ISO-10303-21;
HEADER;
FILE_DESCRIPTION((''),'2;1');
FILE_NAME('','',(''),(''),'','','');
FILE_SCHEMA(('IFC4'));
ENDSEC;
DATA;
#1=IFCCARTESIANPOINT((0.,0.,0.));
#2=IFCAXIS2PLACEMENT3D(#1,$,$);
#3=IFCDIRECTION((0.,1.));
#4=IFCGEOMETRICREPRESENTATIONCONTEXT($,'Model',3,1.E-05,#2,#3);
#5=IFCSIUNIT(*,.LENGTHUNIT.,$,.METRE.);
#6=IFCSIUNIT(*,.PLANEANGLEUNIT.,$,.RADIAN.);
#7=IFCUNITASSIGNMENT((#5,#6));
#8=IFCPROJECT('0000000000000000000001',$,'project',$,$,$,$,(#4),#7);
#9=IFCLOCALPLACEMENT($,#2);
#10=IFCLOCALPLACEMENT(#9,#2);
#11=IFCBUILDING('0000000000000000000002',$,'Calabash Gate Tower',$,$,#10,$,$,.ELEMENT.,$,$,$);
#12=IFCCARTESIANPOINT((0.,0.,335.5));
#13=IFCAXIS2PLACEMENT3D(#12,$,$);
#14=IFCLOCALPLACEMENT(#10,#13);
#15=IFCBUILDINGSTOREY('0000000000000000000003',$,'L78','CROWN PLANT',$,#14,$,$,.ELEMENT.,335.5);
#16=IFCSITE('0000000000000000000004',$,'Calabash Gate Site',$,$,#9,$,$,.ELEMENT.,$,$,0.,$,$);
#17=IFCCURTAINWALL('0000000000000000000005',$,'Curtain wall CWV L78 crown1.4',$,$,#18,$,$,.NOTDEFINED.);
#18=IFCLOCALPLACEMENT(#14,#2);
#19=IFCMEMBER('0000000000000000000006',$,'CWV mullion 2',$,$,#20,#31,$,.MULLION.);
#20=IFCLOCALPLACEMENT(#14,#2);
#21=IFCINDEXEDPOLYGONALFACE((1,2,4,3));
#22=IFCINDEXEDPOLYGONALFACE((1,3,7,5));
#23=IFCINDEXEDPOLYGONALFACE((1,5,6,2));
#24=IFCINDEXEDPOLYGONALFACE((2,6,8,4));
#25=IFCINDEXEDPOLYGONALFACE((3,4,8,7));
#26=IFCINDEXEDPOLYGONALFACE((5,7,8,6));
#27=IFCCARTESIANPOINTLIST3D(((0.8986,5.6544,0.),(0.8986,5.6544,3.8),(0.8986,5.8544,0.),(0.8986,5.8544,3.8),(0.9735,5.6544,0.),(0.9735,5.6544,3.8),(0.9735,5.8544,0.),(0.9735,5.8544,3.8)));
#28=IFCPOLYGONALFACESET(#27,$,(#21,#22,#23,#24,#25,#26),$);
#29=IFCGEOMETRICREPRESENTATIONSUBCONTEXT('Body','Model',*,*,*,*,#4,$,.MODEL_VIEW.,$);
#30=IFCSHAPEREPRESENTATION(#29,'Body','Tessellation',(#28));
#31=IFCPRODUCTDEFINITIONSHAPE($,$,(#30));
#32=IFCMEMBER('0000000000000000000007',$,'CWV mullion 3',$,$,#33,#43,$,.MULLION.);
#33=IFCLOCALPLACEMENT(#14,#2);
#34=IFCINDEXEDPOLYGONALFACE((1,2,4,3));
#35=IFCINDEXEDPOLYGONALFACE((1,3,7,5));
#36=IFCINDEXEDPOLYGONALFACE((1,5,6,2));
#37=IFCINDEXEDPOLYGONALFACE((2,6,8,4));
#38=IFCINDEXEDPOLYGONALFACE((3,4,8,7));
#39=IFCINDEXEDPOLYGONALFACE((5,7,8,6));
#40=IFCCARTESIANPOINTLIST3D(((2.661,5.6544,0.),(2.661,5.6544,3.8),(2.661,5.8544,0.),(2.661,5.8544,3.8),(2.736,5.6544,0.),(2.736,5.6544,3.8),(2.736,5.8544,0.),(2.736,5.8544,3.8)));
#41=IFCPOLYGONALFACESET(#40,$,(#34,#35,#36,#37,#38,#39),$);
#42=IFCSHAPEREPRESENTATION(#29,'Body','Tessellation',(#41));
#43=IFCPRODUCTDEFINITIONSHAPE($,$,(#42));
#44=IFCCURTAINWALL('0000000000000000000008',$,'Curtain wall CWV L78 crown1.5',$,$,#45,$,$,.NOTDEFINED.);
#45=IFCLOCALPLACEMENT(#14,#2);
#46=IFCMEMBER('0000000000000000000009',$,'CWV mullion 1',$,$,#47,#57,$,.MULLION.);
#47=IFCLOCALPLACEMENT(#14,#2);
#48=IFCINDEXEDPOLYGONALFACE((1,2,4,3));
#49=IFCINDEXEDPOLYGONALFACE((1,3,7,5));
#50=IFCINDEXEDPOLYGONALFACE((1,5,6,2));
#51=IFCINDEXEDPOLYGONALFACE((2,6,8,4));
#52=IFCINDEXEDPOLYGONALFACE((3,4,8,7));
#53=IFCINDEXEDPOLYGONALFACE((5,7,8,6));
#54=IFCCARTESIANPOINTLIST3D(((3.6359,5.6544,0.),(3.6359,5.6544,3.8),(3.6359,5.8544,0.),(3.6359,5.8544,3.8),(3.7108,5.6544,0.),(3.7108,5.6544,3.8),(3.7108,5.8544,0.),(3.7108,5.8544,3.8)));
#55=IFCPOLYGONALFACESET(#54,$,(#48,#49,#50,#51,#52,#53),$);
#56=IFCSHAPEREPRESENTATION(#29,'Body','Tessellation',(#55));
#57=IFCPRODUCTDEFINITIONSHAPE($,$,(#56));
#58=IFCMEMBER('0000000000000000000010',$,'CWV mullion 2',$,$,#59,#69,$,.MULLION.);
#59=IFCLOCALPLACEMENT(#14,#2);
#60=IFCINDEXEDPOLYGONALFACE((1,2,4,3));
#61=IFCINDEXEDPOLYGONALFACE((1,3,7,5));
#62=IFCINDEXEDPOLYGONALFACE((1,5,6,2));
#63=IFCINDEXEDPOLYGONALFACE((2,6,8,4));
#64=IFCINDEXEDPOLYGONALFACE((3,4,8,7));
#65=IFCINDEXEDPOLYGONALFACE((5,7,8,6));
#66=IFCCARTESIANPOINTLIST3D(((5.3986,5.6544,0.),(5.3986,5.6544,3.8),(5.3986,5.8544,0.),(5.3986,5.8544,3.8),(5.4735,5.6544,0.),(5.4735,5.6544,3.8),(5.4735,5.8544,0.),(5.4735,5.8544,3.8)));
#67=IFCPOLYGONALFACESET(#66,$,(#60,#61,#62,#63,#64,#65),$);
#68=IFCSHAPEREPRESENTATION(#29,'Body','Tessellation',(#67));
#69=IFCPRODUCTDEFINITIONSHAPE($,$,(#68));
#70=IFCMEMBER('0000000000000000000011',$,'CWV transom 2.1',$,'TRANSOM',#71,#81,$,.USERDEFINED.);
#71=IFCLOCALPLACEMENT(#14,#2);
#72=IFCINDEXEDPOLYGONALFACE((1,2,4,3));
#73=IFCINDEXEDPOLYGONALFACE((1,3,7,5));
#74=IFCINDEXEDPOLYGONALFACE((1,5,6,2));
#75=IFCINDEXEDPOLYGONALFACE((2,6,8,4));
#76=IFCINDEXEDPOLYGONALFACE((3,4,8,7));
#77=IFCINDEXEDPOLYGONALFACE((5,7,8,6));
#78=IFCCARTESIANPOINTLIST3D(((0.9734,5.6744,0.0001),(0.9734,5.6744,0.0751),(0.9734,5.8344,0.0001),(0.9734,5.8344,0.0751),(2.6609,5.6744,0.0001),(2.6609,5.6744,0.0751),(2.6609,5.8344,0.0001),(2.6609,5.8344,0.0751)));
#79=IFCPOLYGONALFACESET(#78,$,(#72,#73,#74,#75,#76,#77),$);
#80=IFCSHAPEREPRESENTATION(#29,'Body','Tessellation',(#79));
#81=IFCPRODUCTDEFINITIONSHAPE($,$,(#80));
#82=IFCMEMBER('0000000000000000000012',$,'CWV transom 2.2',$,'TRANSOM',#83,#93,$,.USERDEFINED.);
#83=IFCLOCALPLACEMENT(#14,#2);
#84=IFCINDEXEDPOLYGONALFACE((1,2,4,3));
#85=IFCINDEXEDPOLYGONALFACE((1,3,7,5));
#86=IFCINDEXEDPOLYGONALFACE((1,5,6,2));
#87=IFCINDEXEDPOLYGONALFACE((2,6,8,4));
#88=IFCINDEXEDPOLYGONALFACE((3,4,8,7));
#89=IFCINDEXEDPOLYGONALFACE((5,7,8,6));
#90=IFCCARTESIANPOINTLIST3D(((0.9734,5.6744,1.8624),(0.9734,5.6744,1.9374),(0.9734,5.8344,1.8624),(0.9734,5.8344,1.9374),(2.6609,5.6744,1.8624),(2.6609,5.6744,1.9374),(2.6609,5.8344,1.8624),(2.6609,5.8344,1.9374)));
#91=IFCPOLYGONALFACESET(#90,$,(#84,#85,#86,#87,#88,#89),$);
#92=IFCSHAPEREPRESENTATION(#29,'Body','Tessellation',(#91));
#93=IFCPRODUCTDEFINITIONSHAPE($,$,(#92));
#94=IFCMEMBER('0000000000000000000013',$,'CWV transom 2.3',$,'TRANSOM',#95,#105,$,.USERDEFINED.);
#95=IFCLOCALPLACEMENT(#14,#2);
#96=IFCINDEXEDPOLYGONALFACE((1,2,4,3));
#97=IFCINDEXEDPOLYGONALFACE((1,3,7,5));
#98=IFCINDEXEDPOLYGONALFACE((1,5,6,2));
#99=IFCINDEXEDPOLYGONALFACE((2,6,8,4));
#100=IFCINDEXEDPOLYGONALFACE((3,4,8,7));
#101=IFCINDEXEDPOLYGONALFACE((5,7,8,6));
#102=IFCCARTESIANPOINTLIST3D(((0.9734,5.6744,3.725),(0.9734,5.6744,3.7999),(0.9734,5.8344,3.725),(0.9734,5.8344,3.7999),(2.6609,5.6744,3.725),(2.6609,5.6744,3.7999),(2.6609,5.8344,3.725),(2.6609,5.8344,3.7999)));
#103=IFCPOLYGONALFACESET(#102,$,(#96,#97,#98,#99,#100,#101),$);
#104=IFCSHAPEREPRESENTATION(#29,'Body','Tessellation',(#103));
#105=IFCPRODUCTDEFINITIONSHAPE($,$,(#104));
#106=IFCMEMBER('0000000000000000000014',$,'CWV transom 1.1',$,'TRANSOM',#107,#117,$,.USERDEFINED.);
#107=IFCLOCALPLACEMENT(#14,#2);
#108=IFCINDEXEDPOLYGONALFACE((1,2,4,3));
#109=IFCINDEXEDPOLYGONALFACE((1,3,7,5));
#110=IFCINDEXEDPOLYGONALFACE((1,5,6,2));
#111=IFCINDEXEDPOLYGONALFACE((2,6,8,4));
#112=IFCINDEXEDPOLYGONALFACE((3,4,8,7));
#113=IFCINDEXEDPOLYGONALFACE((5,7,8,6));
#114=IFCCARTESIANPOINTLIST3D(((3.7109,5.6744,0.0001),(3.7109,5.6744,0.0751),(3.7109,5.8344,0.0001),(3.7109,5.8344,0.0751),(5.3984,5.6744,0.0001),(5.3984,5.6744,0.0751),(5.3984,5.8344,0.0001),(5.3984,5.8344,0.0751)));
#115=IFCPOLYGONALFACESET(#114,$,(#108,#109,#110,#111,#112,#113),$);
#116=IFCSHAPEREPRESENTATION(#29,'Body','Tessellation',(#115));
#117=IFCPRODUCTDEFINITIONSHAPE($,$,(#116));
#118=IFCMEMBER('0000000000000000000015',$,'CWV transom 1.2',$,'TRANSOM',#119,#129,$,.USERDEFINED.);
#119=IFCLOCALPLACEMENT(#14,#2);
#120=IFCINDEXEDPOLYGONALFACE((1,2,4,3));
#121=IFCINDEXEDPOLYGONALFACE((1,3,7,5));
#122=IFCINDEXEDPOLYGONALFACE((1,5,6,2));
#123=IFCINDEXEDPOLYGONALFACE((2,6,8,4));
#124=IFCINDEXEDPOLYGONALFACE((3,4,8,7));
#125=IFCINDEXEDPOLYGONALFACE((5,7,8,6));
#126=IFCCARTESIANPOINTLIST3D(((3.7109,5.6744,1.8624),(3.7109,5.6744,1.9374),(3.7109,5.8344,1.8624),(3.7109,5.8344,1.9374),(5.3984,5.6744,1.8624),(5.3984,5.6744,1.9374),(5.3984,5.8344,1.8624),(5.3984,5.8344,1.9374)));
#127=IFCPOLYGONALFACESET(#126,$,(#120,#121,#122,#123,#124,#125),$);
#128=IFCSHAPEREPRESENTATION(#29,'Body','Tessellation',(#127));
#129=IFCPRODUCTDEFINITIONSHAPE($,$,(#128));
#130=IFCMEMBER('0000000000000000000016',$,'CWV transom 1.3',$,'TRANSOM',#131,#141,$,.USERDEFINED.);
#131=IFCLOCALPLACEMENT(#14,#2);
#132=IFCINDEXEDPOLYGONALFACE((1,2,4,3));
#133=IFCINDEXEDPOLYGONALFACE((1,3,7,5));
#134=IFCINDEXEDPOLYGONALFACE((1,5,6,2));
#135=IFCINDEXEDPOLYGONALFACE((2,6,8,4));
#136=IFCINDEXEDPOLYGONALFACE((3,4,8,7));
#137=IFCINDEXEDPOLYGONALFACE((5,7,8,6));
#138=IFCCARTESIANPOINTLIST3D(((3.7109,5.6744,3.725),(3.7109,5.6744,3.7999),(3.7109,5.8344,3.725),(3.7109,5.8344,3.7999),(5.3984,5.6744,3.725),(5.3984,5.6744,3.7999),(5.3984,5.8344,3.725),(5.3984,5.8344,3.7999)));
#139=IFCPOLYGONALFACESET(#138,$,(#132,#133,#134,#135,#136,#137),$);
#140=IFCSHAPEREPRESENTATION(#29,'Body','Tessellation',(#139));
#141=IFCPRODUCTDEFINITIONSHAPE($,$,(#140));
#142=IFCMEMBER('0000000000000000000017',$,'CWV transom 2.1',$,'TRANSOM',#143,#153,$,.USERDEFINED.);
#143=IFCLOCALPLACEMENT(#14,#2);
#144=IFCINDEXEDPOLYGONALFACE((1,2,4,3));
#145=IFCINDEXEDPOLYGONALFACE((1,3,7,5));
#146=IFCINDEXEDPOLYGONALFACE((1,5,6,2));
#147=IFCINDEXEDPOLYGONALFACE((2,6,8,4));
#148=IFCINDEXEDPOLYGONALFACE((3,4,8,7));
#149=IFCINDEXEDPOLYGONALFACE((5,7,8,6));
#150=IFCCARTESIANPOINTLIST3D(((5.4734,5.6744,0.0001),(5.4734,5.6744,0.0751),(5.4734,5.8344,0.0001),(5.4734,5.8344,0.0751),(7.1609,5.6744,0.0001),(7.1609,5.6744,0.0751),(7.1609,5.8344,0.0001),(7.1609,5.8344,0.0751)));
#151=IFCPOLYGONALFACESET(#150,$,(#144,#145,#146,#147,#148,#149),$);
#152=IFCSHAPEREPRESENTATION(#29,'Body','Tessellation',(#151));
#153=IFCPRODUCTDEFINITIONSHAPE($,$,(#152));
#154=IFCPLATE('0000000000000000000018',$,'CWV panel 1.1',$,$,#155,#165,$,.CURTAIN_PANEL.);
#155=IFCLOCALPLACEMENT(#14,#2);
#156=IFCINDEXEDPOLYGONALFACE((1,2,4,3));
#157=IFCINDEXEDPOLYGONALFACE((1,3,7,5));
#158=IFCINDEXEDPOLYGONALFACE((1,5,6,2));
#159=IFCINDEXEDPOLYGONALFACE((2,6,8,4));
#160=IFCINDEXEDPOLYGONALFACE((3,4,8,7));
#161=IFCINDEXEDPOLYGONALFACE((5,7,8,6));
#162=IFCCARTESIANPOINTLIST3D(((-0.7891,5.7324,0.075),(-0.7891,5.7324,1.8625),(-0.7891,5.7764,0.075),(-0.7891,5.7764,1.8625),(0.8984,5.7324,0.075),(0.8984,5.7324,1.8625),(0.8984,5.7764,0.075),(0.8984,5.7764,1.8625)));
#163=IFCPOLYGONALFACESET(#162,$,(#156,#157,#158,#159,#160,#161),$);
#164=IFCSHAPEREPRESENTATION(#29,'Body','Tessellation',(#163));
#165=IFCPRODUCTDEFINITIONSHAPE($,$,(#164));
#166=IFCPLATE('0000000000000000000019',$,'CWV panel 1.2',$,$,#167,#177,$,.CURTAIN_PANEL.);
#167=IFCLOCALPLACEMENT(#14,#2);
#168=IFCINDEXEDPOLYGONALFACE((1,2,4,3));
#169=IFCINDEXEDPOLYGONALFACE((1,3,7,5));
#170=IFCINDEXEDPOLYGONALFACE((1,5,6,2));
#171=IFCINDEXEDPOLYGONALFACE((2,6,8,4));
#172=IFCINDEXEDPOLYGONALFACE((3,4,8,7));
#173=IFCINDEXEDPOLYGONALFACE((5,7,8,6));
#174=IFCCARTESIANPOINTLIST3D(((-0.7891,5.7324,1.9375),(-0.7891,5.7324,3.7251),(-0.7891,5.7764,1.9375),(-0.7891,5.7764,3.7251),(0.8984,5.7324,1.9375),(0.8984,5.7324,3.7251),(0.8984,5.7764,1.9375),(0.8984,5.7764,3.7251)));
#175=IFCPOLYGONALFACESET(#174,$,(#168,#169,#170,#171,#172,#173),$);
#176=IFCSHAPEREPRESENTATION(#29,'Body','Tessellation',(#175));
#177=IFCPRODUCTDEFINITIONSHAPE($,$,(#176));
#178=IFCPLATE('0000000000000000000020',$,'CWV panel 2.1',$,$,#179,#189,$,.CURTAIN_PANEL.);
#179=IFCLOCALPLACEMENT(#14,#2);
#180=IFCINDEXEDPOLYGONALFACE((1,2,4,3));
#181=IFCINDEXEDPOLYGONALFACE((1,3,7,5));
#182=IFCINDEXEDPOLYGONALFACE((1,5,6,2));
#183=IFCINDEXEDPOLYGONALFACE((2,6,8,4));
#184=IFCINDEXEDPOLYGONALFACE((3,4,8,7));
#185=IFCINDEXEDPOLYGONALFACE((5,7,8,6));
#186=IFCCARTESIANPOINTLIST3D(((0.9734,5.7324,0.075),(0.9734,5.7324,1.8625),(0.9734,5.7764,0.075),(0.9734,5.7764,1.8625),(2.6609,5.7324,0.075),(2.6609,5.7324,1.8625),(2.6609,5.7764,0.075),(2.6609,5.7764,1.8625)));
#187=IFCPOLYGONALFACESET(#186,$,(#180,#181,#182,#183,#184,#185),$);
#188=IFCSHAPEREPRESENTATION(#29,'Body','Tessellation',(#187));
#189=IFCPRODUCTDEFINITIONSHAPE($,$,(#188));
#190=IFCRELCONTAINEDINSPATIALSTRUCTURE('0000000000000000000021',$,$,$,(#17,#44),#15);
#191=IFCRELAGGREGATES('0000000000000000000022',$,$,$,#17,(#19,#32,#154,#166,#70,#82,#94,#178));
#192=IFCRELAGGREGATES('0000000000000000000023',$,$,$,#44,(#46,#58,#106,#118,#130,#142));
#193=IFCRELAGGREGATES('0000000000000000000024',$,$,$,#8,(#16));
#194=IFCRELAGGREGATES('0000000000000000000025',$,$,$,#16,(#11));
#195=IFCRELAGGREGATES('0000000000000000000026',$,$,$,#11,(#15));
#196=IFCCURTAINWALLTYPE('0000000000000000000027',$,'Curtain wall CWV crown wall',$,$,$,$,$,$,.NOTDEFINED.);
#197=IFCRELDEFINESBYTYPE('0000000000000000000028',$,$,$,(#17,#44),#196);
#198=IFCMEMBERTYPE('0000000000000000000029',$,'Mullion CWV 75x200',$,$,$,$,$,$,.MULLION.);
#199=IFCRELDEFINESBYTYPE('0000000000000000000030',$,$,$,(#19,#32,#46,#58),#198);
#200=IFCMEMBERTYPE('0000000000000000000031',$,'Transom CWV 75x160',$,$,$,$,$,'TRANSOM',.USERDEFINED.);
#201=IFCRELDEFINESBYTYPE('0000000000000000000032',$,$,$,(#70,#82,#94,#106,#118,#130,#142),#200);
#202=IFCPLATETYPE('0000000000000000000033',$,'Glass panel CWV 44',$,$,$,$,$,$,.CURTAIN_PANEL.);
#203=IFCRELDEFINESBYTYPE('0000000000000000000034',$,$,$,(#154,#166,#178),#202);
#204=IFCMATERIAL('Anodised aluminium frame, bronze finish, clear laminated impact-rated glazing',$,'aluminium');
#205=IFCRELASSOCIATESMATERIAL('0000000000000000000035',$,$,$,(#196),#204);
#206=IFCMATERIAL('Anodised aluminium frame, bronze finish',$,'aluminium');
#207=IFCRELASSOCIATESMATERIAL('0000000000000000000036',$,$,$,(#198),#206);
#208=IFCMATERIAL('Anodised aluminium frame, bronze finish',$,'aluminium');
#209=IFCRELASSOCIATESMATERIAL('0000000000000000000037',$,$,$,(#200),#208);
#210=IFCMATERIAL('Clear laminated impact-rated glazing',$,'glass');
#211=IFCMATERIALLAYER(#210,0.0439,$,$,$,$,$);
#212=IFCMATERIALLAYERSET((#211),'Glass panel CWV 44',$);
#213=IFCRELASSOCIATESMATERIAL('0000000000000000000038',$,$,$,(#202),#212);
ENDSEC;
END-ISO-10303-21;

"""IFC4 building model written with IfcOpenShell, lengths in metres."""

from ifc_helpers import new_model, si_unit, direction, frame, origin, origin_2d, place, context, subcontext, project, spatial, rectangle, extrude, material, layer, layer_set, material_profile, profile_set, type_object, element, aggregate, save


model = new_model("IFC4")

# Units and contexts
model_context = context("Model", 3, precision=1e-05, world=origin(), true_north=direction((0.0, 1.0)))
body_context = subcontext(model_context, "Body", "Model", "MODEL_VIEW")
ifc_project = project(units=[si_unit("LENGTHUNIT", "METRE"), si_unit("PLANEANGLEUNIT", "RADIAN")], contexts=[model_context])

# Site, building, storey
site_placement = place(None, origin())
site = spatial("IfcSite", under=ifc_project, at=site_placement, Name="Calabash Gate Site", CompositionType="ELEMENT", RefElevation=0.0)
building_placement = place(site_placement, origin())
building = spatial("IfcBuilding", under=site, at=building_placement, Name="Calabash Gate Tower", CompositionType="ELEMENT")
storey_placement = place(building_placement, frame((0.0, 0.0, 335.5)))
storey = spatial("IfcBuildingStorey", under=building, at=storey_placement, Name="L78", Description="CROWN PLANT", CompositionType="ELEMENT", Elevation=335.5)

# Curtain walls, members
ifc_material_1 = material(Name="Anodised aluminium frame, bronze finish, clear laminated impact-rated glazing", Category="aluminium")
curtain_wall_type = type_object("IfcCurtainWallType", Name="Curtain wall CWV crown wall", PredefinedType="NOTDEFINED", material=ifc_material_1)
curtain_wall_1_placement = place(storey_placement, origin())
curtain_wall_1 = element("IfcCurtainWall", 1, at=curtain_wall_1_placement, inside=storey, type_object=curtain_wall_type, Name="Curtain wall CWV L78 crown1.4", PredefinedType="NOTDEFINED")
ifc_material_2 = material(Name="Anodised aluminium frame, bronze finish", Category="aluminium")
ifc_material_profile_1 = material_profile(ifc_material_2, rectangle(XDim=0.2, YDim=0.075, at=origin_2d()))
ifc_profile_set_1 = profile_set([ifc_material_profile_1], Name="Anodised aluminium frame, bronze finish")
member_type_1 = type_object("IfcMemberType", Name="Mullion CWV 75x200", PredefinedType="MULLION", material=ifc_profile_set_1)
member_1_placement = place(storey_placement, frame((0.936, 5.7544, 0.0), z_axis=(0.0, 0.0, 1.0), x_axis=(0.0, 1.0, 0.0)))
member_1 = element("IfcMember", 2, at=member_1_placement, type_object=member_type_1, Name="CWV mullion 2", PredefinedType="MULLION", context=body_context, shape_type="SweptSolid", body=[
    extrude(rectangle(XDim=0.2, YDim=0.075, at=origin_2d()), origin(), (0.0, 0.0, 1.0), 3.8),
])
member_2_placement = place(storey_placement, frame((2.6985, 5.7544, 0.0), z_axis=(0.0, 0.0, 1.0), x_axis=(0.0, 1.0, 0.0)))
member_2 = element("IfcMember", 3, at=member_2_placement, type_object=member_type_1, Name="CWV mullion 3", PredefinedType="MULLION", context=body_context, shape_type="SweptSolid", body=[
    extrude(rectangle(XDim=0.2, YDim=0.075, at=origin_2d()), origin(), (0.0, 0.0, 1.0), 3.8),
])
curtain_wall_2_placement = place(storey_placement, origin())
curtain_wall_2 = element("IfcCurtainWall", 4, at=curtain_wall_2_placement, inside=storey, type_object=curtain_wall_type, Name="Curtain wall CWV L78 crown1.5", PredefinedType="NOTDEFINED")
member_3_placement = place(storey_placement, frame((3.6733, 5.7544, 0.0), z_axis=(0.0, 0.0, 1.0), x_axis=(0.0, 1.0, 0.0)))
member_3 = element("IfcMember", 5, at=member_3_placement, type_object=member_type_1, Name="CWV mullion 1", PredefinedType="MULLION", context=body_context, shape_type="SweptSolid", body=[
    extrude(rectangle(XDim=0.2, YDim=0.075, at=origin_2d()), origin(), (0.0, 0.0, 1.0), 3.8),
])
member_4_placement = place(storey_placement, frame((5.436, 5.7544, 0.0), z_axis=(0.0, 0.0, 1.0), x_axis=(0.0, 1.0, 0.0)))
member_4 = element("IfcMember", 6, at=member_4_placement, type_object=member_type_1, Name="CWV mullion 2", PredefinedType="MULLION", context=body_context, shape_type="SweptSolid", body=[
    extrude(rectangle(XDim=0.2, YDim=0.075, at=origin_2d()), origin(), (0.0, 0.0, 1.0), 3.8),
])

# Members
ifc_material_3 = material(Name="Anodised aluminium frame, bronze finish", Category="aluminium")
ifc_material_profile_2 = material_profile(ifc_material_3, rectangle(XDim=0.1599, YDim=0.075, at=origin_2d()))
ifc_profile_set_2 = profile_set([ifc_material_profile_2], Name="Anodised aluminium frame, bronze finish")
member_type_2 = type_object("IfcMemberType", Name="Transom CWV 75x160", ElementType="TRANSOM", PredefinedType="USERDEFINED", material=ifc_profile_set_2)
member_5_placement = place(storey_placement, frame((0.9734, 5.7544, 0.0376), z_axis=(1.0, 0.0, 0.0), x_axis=(0.0, 1.0, 0.0)))
member_5 = element("IfcMember", 7, at=member_5_placement, type_object=member_type_2, Name="CWV transom 2.1", ObjectType="TRANSOM", PredefinedType="USERDEFINED", context=body_context, shape_type="SweptSolid", body=[
    extrude(rectangle(XDim=0.1599, YDim=0.075, at=origin_2d()), origin(), (0.0, 0.0, 1.0), 1.6875),
])
member_6_placement = place(storey_placement, frame((0.9734, 5.7544, 1.8999), z_axis=(1.0, 0.0, 0.0), x_axis=(0.0, 1.0, 0.0)))
member_6 = element("IfcMember", 8, at=member_6_placement, type_object=member_type_2, Name="CWV transom 2.2", ObjectType="TRANSOM", PredefinedType="USERDEFINED", context=body_context, shape_type="SweptSolid", body=[
    extrude(rectangle(XDim=0.1599, YDim=0.075, at=origin_2d()), origin(), (0.0, 0.0, 1.0), 1.6875),
])
member_7_placement = place(storey_placement, frame((0.9734, 5.7544, 3.7625), z_axis=(1.0, 0.0, 0.0), x_axis=(0.0, 1.0, 0.0)))
member_7 = element("IfcMember", 9, at=member_7_placement, type_object=member_type_2, Name="CWV transom 2.3", ObjectType="TRANSOM", PredefinedType="USERDEFINED", context=body_context, shape_type="SweptSolid", body=[
    extrude(rectangle(XDim=0.1599, YDim=0.075, at=origin_2d()), origin(), (0.0, 0.0, 1.0), 1.6875),
])
member_8_placement = place(storey_placement, frame((3.7109, 5.7544, 0.0376), z_axis=(1.0, 0.0, 0.0), x_axis=(0.0, 1.0, 0.0)))
member_8 = element("IfcMember", 10, at=member_8_placement, type_object=member_type_2, Name="CWV transom 1.1", ObjectType="TRANSOM", PredefinedType="USERDEFINED", context=body_context, shape_type="SweptSolid", body=[
    extrude(rectangle(XDim=0.1599, YDim=0.075, at=origin_2d()), origin(), (0.0, 0.0, 1.0), 1.6875),
])
member_9_placement = place(storey_placement, frame((3.7109, 5.7544, 1.8999), z_axis=(1.0, 0.0, 0.0), x_axis=(0.0, 1.0, 0.0)))
member_9 = element("IfcMember", 11, at=member_9_placement, type_object=member_type_2, Name="CWV transom 1.2", ObjectType="TRANSOM", PredefinedType="USERDEFINED", context=body_context, shape_type="SweptSolid", body=[
    extrude(rectangle(XDim=0.1599, YDim=0.075, at=origin_2d()), origin(), (0.0, 0.0, 1.0), 1.6875),
])
member_10_placement = place(storey_placement, frame((3.7109, 5.7544, 3.7625), z_axis=(1.0, 0.0, 0.0), x_axis=(0.0, 1.0, 0.0)))
member_10 = element("IfcMember", 12, at=member_10_placement, type_object=member_type_2, Name="CWV transom 1.3", ObjectType="TRANSOM", PredefinedType="USERDEFINED", context=body_context, shape_type="SweptSolid", body=[
    extrude(rectangle(XDim=0.1599, YDim=0.075, at=origin_2d()), origin(), (0.0, 0.0, 1.0), 1.6875),
])
member_11_placement = place(storey_placement, frame((5.4734, 5.7544, 0.0376), z_axis=(1.0, 0.0, 0.0), x_axis=(0.0, 1.0, 0.0)))
member_11 = element("IfcMember", 13, at=member_11_placement, type_object=member_type_2, Name="CWV transom 2.1", ObjectType="TRANSOM", PredefinedType="USERDEFINED", context=body_context, shape_type="SweptSolid", body=[
    extrude(rectangle(XDim=0.1599, YDim=0.075, at=origin_2d()), origin(), (0.0, 0.0, 1.0), 1.6875),
])

# Plates
ifc_material_4 = material(Name="Clear laminated impact-rated glazing", Category="glass")
ifc_layer_1 = layer(ifc_material_4, 0.0439)
ifc_layer_set_1 = layer_set([ifc_layer_1], Name="Glass panel CWV 44")
plate_type = type_object("IfcPlateType", Name="Glass panel CWV 44", PredefinedType="CURTAIN_PANEL", material=ifc_layer_set_1)
plate_1_placement = place(storey_placement, frame((0.0547, 5.7544, 0.075), z_axis=(0.0, 0.0, 1.0), x_axis=(1.0, 0.0, 0.0)))
plate_1 = element("IfcPlate", 14, at=plate_1_placement, type_object=plate_type, Name="CWV panel 1.1", PredefinedType="CURTAIN_PANEL", context=body_context, shape_type="SweptSolid", body=[
    extrude(rectangle(XDim=1.6875, YDim=0.0439, at=origin_2d()), origin(), (0.0, 0.0, 1.0), 1.7876),
])
plate_2_placement = place(storey_placement, frame((0.0547, 5.7544, 1.9375), z_axis=(0.0, 0.0, 1.0), x_axis=(1.0, 0.0, 0.0)))
plate_2 = element("IfcPlate", 15, at=plate_2_placement, type_object=plate_type, Name="CWV panel 1.2", PredefinedType="CURTAIN_PANEL", context=body_context, shape_type="SweptSolid", body=[
    extrude(rectangle(XDim=1.6875, YDim=0.0439, at=origin_2d()), origin(), (0.0, 0.0, 1.0), 1.7876),
])
plate_3_placement = place(storey_placement, frame((1.8171, 5.7544, 0.075), z_axis=(0.0, 0.0, 1.0), x_axis=(1.0, 0.0, 0.0)))
plate_3 = element("IfcPlate", 16, at=plate_3_placement, type_object=plate_type, Name="CWV panel 2.1", PredefinedType="CURTAIN_PANEL", context=body_context, shape_type="SweptSolid", body=[
    extrude(rectangle(XDim=1.6875, YDim=0.0439, at=origin_2d()), origin(), (0.0, 0.0, 1.0), 1.7876),
])
aggregate(curtain_wall_1, [member_1, member_2, plate_1, plate_2, member_5, member_6, member_7, plate_3])
aggregate(curtain_wall_2, [member_3, member_4, member_8, member_9, member_10, member_11])

save(model, "model.ifc")
